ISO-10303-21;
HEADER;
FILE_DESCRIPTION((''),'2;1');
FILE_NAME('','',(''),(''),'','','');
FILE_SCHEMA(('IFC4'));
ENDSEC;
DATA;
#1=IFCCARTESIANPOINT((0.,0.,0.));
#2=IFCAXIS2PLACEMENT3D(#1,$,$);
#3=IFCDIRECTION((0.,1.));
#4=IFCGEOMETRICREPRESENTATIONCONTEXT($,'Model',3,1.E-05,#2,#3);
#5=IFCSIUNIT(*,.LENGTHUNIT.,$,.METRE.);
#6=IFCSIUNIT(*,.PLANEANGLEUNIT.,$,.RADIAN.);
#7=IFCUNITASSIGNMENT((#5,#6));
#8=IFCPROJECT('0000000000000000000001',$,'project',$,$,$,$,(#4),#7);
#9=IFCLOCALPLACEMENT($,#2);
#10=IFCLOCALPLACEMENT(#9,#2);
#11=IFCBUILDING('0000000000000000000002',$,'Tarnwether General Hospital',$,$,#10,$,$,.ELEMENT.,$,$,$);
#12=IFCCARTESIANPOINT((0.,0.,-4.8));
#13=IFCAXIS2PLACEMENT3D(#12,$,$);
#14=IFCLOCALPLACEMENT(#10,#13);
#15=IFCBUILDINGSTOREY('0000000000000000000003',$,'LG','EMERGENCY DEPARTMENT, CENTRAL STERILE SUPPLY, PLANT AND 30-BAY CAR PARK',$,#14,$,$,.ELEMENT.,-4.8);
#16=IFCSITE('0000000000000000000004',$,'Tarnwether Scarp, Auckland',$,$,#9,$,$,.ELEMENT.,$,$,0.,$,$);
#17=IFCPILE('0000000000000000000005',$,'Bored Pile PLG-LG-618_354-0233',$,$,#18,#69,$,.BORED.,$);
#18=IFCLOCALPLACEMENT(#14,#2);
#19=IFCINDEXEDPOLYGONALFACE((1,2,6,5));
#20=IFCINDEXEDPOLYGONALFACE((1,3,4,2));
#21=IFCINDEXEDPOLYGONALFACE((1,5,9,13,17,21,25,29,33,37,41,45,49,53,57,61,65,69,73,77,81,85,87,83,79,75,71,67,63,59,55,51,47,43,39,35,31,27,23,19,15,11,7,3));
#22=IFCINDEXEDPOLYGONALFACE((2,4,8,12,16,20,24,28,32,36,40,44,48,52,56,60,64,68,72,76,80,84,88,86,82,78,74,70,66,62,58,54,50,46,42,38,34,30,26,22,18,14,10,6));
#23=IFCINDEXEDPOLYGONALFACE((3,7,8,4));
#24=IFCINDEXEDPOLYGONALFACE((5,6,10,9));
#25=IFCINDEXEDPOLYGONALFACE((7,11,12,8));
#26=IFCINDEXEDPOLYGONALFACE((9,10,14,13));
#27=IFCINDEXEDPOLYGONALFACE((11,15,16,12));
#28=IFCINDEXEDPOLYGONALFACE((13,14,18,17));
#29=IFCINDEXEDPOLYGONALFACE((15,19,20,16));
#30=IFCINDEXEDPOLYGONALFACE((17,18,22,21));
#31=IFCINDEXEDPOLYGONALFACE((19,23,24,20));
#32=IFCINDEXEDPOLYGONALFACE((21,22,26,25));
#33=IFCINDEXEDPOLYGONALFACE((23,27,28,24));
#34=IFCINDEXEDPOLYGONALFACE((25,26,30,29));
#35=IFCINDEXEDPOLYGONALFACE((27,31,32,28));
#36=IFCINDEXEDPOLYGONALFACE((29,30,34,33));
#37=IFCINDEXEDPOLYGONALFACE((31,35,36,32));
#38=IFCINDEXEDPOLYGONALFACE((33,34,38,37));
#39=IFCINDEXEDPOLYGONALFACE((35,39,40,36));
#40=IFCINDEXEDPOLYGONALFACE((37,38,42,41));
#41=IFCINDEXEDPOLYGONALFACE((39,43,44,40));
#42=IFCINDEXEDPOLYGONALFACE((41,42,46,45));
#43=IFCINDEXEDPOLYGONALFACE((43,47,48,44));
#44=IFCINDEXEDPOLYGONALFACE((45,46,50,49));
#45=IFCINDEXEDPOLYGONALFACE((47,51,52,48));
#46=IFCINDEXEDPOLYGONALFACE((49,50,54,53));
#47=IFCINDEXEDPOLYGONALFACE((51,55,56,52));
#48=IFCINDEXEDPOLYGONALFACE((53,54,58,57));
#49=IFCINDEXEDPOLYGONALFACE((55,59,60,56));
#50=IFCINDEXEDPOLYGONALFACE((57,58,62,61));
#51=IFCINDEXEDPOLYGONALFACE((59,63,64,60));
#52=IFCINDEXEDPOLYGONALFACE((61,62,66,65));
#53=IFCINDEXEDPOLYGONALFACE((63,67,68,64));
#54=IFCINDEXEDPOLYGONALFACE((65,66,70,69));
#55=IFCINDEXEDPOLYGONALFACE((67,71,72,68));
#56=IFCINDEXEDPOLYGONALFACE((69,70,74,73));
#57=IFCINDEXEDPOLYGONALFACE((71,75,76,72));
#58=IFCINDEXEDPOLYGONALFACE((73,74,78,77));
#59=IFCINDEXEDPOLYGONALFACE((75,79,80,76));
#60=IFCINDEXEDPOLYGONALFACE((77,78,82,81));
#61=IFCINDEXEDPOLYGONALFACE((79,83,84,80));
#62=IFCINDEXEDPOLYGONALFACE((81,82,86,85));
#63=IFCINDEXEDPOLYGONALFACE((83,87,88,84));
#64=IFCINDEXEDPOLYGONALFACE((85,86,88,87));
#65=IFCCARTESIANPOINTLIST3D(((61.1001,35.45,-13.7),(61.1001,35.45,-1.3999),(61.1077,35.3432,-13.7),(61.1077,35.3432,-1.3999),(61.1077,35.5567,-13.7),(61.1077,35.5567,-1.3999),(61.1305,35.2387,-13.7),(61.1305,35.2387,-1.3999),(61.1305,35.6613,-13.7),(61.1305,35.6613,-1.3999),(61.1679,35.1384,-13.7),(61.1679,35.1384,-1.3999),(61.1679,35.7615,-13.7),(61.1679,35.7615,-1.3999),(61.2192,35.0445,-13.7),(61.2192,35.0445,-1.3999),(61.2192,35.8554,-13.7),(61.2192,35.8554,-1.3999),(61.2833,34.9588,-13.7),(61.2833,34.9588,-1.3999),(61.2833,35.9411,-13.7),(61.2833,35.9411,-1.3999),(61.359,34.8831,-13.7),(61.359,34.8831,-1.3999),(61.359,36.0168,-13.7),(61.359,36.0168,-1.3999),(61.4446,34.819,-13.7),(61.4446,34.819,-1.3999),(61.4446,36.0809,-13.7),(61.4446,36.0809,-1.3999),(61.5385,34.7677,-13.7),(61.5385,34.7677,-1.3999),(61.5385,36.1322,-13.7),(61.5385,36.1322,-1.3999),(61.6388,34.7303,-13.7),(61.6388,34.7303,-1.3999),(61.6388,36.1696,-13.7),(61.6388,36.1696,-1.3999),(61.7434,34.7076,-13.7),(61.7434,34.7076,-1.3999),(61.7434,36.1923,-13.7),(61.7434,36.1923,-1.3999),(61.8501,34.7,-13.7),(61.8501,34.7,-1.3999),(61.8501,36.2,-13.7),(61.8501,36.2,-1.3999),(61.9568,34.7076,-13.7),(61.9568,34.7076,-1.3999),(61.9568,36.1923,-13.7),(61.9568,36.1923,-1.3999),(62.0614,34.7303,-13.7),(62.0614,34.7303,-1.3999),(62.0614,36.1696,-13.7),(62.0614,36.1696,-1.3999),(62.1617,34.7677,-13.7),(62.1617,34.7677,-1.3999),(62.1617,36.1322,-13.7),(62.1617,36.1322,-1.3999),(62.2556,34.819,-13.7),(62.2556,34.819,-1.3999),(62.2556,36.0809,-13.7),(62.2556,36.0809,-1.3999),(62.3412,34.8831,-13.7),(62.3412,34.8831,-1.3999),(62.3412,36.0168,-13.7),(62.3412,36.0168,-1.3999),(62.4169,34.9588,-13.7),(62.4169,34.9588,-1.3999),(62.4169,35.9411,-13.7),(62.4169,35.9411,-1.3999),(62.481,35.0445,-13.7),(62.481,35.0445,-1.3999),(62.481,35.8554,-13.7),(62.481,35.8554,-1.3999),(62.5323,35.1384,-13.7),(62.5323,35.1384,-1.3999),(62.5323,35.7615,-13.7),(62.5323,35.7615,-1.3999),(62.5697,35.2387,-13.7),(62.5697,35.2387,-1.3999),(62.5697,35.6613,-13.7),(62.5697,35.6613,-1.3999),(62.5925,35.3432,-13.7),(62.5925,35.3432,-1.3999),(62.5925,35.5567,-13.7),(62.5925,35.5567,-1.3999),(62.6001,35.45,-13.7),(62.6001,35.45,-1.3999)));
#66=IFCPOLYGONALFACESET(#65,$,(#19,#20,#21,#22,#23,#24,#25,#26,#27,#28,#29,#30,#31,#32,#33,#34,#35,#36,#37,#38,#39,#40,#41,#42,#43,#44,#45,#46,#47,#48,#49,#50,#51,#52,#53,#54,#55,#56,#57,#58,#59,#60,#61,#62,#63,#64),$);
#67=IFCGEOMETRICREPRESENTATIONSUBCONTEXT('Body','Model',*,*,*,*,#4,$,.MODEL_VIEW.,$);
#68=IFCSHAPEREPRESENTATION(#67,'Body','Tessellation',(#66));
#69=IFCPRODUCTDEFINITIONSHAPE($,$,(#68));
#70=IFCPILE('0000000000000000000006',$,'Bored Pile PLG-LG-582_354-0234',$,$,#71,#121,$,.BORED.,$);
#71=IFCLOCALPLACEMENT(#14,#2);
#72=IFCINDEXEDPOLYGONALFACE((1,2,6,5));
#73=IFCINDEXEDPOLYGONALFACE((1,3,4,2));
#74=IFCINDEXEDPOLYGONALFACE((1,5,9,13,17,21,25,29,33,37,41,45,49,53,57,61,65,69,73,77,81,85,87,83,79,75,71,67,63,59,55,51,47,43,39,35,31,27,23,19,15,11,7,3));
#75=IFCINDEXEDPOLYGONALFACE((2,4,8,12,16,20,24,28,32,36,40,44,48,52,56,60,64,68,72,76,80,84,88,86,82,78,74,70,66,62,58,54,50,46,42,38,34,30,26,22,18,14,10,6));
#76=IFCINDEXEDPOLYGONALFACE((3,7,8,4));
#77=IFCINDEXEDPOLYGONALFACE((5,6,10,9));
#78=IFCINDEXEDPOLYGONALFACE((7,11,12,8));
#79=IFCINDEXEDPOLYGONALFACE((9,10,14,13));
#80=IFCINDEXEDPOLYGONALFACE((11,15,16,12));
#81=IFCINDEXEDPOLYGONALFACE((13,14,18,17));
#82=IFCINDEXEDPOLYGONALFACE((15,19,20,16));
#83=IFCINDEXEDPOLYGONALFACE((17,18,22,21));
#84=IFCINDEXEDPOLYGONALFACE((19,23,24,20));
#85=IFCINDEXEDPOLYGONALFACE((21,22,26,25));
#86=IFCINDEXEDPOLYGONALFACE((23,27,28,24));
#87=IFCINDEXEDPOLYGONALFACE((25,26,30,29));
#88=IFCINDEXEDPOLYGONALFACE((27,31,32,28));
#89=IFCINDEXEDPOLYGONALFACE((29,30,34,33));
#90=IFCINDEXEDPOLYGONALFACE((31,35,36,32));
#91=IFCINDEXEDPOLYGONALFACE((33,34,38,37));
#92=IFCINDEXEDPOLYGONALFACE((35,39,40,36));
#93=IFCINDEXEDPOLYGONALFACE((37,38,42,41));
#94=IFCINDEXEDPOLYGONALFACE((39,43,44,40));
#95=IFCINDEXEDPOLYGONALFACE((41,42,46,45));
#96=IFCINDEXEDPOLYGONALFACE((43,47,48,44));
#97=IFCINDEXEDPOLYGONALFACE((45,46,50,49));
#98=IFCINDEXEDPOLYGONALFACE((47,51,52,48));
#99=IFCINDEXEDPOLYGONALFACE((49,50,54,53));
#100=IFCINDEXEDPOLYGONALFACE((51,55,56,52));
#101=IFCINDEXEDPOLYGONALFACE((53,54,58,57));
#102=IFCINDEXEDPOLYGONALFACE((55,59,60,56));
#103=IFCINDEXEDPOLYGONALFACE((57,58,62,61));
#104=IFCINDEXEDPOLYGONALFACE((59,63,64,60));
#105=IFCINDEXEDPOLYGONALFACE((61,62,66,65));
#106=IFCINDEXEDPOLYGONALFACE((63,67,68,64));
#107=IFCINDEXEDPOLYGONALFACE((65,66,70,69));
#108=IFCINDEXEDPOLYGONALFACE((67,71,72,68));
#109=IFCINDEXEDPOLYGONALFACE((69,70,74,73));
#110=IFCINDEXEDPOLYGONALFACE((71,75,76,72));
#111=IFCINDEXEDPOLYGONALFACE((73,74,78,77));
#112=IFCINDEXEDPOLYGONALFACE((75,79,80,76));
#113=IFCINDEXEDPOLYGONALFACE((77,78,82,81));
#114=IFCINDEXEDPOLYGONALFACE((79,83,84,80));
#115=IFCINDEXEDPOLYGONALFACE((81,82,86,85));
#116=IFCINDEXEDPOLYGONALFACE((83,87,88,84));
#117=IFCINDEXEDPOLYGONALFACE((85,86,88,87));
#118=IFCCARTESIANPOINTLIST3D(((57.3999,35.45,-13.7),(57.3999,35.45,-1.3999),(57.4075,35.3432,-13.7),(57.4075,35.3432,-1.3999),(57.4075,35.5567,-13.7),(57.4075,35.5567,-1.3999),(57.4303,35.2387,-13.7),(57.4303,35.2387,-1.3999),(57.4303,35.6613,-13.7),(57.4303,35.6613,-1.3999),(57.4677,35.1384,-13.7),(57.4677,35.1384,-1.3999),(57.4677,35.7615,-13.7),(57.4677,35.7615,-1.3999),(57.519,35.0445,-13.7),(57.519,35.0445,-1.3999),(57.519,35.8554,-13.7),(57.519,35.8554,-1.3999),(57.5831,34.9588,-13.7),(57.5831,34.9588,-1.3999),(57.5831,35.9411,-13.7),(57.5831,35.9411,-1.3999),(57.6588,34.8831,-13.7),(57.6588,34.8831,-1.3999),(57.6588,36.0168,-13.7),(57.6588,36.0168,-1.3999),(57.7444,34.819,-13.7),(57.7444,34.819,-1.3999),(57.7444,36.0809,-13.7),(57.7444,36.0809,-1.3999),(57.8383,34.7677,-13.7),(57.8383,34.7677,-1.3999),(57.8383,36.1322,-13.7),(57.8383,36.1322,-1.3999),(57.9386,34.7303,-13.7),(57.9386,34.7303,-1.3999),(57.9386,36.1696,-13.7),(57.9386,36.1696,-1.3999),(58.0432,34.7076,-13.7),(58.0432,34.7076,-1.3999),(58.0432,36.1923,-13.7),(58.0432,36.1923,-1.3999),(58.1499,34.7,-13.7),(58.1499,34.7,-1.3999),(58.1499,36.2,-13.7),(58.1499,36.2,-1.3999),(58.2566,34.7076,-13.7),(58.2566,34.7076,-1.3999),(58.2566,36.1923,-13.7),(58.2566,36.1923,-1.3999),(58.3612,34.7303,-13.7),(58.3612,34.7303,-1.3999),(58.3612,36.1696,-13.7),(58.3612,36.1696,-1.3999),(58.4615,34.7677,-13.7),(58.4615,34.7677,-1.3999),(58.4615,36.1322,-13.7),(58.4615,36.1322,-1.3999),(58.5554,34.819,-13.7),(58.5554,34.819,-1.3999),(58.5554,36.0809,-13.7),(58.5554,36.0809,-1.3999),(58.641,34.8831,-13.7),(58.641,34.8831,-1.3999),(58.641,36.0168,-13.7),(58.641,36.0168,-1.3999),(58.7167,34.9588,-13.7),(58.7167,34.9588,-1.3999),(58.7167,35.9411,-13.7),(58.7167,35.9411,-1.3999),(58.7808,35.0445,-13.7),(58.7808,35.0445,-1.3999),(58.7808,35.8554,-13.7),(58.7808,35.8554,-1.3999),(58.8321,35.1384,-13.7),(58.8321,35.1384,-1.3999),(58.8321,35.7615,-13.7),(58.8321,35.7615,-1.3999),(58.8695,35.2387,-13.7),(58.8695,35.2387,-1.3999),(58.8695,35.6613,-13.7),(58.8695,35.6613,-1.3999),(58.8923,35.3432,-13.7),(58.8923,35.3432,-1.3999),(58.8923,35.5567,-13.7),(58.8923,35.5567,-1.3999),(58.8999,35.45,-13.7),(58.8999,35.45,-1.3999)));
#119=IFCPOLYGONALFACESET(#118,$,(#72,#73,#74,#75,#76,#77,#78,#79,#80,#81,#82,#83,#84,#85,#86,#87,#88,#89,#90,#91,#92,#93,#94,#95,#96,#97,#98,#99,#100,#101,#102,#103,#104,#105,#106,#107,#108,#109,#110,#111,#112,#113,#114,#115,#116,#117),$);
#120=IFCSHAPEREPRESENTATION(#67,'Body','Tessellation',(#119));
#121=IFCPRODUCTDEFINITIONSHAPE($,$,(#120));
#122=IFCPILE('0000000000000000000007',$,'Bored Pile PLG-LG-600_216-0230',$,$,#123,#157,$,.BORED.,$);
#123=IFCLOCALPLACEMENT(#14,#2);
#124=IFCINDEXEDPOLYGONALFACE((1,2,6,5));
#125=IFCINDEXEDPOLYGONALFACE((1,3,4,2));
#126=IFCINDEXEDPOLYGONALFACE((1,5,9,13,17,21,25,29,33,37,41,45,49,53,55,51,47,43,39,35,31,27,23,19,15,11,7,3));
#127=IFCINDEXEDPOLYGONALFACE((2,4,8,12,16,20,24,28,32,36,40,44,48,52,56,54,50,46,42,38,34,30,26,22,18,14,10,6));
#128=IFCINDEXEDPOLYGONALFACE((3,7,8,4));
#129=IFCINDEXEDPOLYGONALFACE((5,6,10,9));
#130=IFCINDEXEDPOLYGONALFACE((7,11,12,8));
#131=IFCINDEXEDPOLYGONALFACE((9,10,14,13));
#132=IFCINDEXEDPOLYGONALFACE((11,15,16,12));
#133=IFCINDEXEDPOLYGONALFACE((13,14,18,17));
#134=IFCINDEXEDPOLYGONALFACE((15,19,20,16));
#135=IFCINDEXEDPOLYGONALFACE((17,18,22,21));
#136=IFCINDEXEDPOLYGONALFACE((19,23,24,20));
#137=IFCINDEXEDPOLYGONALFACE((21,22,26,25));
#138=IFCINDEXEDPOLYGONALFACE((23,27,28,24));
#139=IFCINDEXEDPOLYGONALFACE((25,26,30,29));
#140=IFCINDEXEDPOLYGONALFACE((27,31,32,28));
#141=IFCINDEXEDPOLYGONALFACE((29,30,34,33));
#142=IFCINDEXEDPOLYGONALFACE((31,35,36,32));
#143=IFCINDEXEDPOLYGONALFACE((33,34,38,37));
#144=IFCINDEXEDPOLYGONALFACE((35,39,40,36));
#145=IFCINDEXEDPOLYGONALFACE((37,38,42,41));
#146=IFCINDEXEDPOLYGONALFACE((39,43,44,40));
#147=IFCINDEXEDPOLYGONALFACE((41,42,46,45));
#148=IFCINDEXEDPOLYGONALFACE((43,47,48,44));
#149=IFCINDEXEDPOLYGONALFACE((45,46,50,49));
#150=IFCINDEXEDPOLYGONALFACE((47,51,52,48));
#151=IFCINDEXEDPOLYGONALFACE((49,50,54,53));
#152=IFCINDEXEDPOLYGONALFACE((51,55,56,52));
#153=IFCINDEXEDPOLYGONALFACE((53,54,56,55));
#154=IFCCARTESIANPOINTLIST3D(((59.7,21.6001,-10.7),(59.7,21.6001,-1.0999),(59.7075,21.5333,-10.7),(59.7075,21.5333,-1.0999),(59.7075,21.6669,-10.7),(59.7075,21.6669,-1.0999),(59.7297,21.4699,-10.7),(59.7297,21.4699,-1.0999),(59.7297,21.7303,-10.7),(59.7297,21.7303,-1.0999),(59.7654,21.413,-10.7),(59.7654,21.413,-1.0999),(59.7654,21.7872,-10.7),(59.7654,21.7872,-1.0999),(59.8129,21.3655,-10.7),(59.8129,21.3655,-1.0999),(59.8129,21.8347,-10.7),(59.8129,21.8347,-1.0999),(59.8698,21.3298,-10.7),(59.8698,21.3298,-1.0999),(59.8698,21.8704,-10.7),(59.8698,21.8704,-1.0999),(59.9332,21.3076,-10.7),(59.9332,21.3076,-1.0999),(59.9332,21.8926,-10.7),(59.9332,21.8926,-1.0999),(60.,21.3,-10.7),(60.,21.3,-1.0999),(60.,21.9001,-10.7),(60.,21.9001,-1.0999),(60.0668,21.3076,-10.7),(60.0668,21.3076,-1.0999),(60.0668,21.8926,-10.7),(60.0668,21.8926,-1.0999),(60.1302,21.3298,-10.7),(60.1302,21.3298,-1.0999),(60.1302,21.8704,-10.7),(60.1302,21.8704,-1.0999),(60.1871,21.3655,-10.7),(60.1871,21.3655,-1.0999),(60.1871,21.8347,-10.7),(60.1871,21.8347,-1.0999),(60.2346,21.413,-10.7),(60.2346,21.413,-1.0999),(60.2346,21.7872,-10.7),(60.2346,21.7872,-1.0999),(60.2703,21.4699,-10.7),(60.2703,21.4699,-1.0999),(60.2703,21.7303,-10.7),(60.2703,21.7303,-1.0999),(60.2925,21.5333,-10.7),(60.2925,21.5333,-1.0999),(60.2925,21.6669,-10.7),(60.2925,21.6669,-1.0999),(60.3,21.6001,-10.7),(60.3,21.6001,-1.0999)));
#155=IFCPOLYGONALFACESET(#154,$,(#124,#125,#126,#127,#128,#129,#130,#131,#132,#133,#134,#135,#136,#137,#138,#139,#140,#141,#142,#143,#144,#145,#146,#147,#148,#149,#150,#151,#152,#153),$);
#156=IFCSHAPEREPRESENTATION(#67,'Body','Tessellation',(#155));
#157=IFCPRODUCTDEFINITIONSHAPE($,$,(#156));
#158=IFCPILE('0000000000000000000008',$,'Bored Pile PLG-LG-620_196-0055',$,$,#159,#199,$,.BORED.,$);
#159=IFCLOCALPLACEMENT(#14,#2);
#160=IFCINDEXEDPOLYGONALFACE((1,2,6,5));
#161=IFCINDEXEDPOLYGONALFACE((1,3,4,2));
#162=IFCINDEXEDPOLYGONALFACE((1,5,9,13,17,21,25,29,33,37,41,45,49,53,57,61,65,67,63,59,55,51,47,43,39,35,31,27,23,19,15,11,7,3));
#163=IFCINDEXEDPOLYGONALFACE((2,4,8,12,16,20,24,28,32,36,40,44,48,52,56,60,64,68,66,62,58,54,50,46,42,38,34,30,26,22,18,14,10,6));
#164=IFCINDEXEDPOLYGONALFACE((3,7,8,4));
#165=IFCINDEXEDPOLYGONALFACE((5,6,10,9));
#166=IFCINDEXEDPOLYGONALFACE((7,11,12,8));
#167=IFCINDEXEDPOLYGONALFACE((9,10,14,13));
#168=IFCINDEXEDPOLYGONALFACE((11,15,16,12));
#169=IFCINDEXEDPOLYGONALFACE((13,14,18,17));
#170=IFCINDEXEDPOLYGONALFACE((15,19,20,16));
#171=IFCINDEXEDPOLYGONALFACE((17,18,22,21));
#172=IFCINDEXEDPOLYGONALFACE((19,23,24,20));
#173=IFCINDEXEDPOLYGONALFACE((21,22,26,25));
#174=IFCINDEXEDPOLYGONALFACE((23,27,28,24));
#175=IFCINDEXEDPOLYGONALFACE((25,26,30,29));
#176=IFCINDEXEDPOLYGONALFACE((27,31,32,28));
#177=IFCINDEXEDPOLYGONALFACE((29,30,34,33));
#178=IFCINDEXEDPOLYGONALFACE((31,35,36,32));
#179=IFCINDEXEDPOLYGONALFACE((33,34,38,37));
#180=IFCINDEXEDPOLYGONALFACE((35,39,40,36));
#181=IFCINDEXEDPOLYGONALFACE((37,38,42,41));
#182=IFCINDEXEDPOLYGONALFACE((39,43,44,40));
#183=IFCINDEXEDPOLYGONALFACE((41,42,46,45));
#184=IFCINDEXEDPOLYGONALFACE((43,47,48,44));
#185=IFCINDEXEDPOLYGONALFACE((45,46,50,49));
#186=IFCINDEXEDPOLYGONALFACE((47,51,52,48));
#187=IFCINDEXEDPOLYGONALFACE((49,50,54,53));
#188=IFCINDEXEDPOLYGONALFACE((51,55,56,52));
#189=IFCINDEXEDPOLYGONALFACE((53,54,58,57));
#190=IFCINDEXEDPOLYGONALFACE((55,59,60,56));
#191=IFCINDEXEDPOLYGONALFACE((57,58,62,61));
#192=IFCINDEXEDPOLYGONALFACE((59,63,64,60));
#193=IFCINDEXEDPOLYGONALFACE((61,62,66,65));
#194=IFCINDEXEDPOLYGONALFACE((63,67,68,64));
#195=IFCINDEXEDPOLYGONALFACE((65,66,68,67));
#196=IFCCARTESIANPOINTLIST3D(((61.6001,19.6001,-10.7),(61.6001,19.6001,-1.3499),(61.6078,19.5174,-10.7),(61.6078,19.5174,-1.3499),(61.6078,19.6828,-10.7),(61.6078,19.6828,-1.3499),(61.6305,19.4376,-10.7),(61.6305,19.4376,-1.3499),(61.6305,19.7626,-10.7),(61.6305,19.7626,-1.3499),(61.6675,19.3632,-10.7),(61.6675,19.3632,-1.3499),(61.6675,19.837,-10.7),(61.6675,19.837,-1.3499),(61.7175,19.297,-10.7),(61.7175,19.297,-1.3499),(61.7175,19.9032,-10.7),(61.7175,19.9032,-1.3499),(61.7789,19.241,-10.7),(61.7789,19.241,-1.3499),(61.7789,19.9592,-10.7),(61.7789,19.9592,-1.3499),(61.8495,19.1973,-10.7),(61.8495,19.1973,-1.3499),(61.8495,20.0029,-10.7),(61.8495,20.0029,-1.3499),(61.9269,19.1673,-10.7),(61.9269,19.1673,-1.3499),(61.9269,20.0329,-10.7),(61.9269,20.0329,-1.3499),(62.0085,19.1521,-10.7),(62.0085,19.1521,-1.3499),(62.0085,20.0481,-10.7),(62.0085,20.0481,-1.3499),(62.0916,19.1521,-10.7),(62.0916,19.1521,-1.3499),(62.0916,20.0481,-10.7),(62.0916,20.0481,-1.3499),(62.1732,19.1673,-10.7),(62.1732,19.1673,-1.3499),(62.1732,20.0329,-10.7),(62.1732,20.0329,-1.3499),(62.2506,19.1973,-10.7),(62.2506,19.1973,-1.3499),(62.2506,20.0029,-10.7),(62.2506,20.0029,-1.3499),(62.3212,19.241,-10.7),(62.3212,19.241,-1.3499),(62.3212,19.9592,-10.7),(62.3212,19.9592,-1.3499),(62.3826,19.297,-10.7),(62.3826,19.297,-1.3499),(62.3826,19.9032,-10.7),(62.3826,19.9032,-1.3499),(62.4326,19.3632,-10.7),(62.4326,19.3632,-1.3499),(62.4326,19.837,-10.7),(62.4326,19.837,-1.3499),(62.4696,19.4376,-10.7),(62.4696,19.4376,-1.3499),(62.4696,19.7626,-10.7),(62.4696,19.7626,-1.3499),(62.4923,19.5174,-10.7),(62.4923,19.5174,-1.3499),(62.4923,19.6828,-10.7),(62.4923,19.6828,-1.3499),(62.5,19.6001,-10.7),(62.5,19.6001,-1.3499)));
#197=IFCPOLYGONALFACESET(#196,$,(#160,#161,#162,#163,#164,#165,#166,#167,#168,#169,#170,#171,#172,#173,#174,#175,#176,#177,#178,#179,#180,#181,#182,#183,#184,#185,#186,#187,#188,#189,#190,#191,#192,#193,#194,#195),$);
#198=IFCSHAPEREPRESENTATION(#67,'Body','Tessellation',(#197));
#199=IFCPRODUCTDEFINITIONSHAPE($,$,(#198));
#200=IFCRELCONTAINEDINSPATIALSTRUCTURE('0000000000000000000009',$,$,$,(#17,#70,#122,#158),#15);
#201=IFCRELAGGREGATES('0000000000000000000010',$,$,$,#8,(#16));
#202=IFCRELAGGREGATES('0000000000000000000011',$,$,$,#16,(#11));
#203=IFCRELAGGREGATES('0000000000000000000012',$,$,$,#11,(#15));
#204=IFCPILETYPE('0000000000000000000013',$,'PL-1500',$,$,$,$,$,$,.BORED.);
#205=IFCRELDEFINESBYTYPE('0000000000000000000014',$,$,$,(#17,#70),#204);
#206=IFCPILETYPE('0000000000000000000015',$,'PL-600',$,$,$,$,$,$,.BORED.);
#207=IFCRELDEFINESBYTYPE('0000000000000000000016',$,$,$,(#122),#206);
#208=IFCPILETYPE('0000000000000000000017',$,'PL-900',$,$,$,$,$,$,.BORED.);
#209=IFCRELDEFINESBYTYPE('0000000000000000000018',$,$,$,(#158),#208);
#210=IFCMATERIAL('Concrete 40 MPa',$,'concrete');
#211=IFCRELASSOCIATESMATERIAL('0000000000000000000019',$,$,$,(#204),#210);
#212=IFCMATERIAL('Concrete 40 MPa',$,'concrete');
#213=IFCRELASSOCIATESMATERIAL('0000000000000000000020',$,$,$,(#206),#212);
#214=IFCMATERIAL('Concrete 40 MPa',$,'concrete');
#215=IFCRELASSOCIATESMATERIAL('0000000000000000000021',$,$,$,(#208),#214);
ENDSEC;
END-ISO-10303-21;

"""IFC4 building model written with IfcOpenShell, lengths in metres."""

from ifc_helpers import new_model, si_unit, direction, frame, origin, origin_2d, place, context, subcontext, project, spatial, circle, extrude, material, material_profile, profile_set, type_object, element, save


model = new_model("IFC4")

# Units and contexts
model_context = context("Model", 3, precision=1e-05, world=origin(), true_north=direction((0.0, 1.0)))
body_context = subcontext(model_context, "Body", "Model", "MODEL_VIEW")
ifc_project = project(units=[si_unit("LENGTHUNIT", "METRE"), si_unit("PLANEANGLEUNIT", "RADIAN")], contexts=[model_context])

# Site, building, storey
site_placement = place(None, origin())
site = spatial("IfcSite", under=ifc_project, at=site_placement, Name="Tarnwether Scarp, Auckland", CompositionType="ELEMENT", RefElevation=0.0)
building_placement = place(site_placement, origin())
building = spatial("IfcBuilding", under=site, at=building_placement, Name="Tarnwether General Hospital", CompositionType="ELEMENT")
storey_placement = place(building_placement, frame((0.0, 0.0, -4.8)))
storey = spatial("IfcBuildingStorey", under=building, at=storey_placement, Name="LG", Description="EMERGENCY DEPARTMENT, CENTRAL STERILE SUPPLY, PLANT AND 30-BAY CAR PARK", CompositionType="ELEMENT", Elevation=-4.8)

# Piles
ifc_material_1 = material(Name="Concrete 40 MPa", Category="concrete")
ifc_material_profile_1 = material_profile(ifc_material_1, circle(Radius=0.75, at=origin_2d()), Name="PILE-D1500")
ifc_profile_set_1 = profile_set([ifc_material_profile_1], Name="Concrete 40 MPa")
pile_type_1 = type_object("IfcPileType", Name="PL-1500", PredefinedType="BORED", material=ifc_profile_set_1)
for number, where, z_axis, x_axis, name in (
    (1, (61.8501, 35.45, -1.3999), (0.0, 0.0, -1.0), (1.0, 0.0, 0.0), "Bored Pile PLG-LG-618_354-0233"),
    (2, (58.1499, 35.45, -1.3999), (0.0, 0.0, -1.0), (1.0, 0.0, 0.0), "Bored Pile PLG-LG-582_354-0234"),
):
    element("IfcPile", number, at=place(storey_placement, frame(where, z_axis=z_axis, x_axis=x_axis)), inside=storey, type_object=pile_type_1, Name=name, PredefinedType="BORED", context=body_context, shape_type="SweptSolid", body=[
        extrude(circle(Radius=0.75, at=origin_2d()), origin(), (0.0, 0.0, 1.0), 12.3),
    ])
ifc_material_2 = material(Name="Concrete 40 MPa", Category="concrete")
ifc_material_profile_2 = material_profile(ifc_material_2, circle(Radius=0.3, at=origin_2d()), Name="PILE-D600")
ifc_profile_set_2 = profile_set([ifc_material_profile_2], Name="Concrete 40 MPa")
pile_type_2 = type_object("IfcPileType", Name="PL-600", PredefinedType="BORED", material=ifc_profile_set_2)
pile_1_placement = place(storey_placement, frame((60.0, 21.6001, -1.0999), z_axis=(0.0, 0.0, -1.0), x_axis=(1.0, 0.0, 0.0)))
element("IfcPile", 3, at=pile_1_placement, inside=storey, type_object=pile_type_2, Name="Bored Pile PLG-LG-600_216-0230", PredefinedType="BORED", context=body_context, shape_type="SweptSolid", body=[
    extrude(circle(Radius=0.3, at=origin_2d()), origin(), (0.0, 0.0, 1.0), 9.6001),
])
ifc_material_3 = material(Name="Concrete 40 MPa", Category="concrete")
ifc_material_profile_3 = material_profile(ifc_material_3, circle(Radius=0.45, at=origin_2d()), Name="PILE-D900")
ifc_profile_set_3 = profile_set([ifc_material_profile_3], Name="Concrete 40 MPa")
pile_type_3 = type_object("IfcPileType", Name="PL-900", PredefinedType="BORED", material=ifc_profile_set_3)
pile_2_placement = place(storey_placement, frame((62.05, 19.6001, -1.3499), z_axis=(0.0, 0.0, -1.0), x_axis=(1.0, 0.0, 0.0)))
element("IfcPile", 4, at=pile_2_placement, inside=storey, type_object=pile_type_3, Name="Bored Pile PLG-LG-620_196-0055", PredefinedType="BORED", context=body_context, shape_type="SweptSolid", body=[
    extrude(circle(Radius=0.45, at=origin_2d()), origin(), (0.0, 0.0, 1.0), 9.3501),
])

save(model, "model.ifc")
